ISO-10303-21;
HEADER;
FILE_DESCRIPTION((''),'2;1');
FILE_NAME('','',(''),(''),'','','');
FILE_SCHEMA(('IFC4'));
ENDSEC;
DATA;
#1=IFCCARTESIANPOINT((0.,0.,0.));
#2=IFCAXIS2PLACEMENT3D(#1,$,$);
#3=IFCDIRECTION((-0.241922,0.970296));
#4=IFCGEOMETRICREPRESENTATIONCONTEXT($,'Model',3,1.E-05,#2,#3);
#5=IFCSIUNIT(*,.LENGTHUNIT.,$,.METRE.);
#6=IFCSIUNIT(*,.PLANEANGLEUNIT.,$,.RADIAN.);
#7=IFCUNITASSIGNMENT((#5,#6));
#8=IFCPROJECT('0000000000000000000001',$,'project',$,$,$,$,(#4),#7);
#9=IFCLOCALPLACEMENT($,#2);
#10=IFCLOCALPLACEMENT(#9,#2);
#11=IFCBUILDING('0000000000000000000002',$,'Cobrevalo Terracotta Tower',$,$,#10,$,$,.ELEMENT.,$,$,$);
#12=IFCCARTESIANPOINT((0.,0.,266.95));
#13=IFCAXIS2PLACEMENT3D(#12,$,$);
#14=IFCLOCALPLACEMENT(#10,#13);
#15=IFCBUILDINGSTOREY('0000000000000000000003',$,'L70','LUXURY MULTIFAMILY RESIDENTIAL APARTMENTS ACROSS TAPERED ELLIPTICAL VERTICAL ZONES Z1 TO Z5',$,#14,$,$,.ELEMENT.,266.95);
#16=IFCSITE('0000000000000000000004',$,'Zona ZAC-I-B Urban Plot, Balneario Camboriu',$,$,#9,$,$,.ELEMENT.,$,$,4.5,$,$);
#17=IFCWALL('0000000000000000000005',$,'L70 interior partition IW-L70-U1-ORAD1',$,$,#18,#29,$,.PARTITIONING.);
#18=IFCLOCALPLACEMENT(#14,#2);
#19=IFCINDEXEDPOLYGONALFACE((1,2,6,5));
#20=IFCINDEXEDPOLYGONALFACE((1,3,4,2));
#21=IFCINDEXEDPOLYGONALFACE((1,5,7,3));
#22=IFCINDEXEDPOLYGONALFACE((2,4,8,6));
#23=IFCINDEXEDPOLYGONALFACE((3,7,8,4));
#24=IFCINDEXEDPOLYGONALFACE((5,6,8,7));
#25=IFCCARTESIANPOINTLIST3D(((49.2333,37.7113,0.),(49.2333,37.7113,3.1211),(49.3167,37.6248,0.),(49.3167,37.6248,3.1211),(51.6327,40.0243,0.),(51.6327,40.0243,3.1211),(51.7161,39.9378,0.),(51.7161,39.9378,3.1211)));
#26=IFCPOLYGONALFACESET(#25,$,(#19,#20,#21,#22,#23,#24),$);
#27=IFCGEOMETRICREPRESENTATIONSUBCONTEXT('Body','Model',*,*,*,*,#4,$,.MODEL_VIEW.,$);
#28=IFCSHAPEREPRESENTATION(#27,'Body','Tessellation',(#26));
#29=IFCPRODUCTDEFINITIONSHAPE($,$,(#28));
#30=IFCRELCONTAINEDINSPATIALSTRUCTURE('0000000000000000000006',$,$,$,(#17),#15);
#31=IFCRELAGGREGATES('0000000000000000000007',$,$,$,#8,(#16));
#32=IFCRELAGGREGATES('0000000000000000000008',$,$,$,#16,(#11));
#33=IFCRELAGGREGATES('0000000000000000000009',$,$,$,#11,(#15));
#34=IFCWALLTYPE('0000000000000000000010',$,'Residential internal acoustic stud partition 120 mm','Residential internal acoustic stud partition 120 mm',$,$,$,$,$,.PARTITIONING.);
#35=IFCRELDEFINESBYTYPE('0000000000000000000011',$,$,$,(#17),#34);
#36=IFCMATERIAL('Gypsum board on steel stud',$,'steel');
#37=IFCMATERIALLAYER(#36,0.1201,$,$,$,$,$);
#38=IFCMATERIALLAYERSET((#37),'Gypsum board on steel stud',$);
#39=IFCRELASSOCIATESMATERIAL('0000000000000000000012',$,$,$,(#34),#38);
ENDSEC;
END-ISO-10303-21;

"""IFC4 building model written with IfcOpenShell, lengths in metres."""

from ifc_helpers import new_model, si_unit, direction, frame, frame_2d, origin, place, context, subcontext, project, spatial, rectangle, extrude, material, layer, layer_set, type_object, element, save


model = new_model("IFC4")

# Units and contexts
model_context = context("Model", 3, precision=1e-05, world=origin(), true_north=direction((-0.241922, 0.970296)))
body_context = subcontext(model_context, "Body", "Model", "MODEL_VIEW")
ifc_project = project(units=[si_unit("LENGTHUNIT", "METRE"), si_unit("PLANEANGLEUNIT", "RADIAN")], contexts=[model_context])

# Site, building, storey
site_placement = place(None, origin())
site = spatial("IfcSite", under=ifc_project, at=site_placement, Name="Zona ZAC-I-B Urban Plot, Balneario Camboriu", CompositionType="ELEMENT", RefElevation=4.5)
building_placement = place(site_placement, origin())
building = spatial("IfcBuilding", under=site, at=building_placement, Name="Cobrevalo Terracotta Tower", CompositionType="ELEMENT")
storey_placement = place(building_placement, frame((0.0, 0.0, 266.95)))
storey = spatial("IfcBuildingStorey", under=building, at=storey_placement, Name="L70", Description="LUXURY MULTIFAMILY RESIDENTIAL APARTMENTS ACROSS TAPERED ELLIPTICAL VERTICAL ZONES Z1 TO Z5", CompositionType="ELEMENT", Elevation=266.95)

# Shared definitions
ifc_material_1 = material(Name="Gypsum board on steel stud", Category="steel")
ifc_layer_1 = layer(ifc_material_1, 0.1201)
ifc_layer_set_1 = layer_set([ifc_layer_1], Name="Gypsum board on steel stud")
wall_type = type_object("IfcWallType", Name="Residential internal acoustic stud partition 120 mm", Description="Residential internal acoustic stud partition 120 mm", PredefinedType="PARTITIONING", material=ifc_layer_set_1)

# Wall
wall_1_placement = place(storey_placement, frame((49.2749, 37.668, 0.0), z_axis=(0.0, 0.0, 1.0), x_axis=(0.719954, 0.694022, 0.0)))
element("IfcWall", 1, at=wall_1_placement, inside=storey, type_object=wall_type, Name="L70 interior partition IW-L70-U1-ORAD1", PredefinedType="PARTITIONING", context=body_context, shape_type="SweptSolid", body=[
    extrude(rectangle(XDim=3.3328, YDim=0.1201, at=frame_2d((1.6665, 0.0))), origin(), (0.0, 0.0, 1.0), 3.1211),
])

save(model, "model.ifc")
